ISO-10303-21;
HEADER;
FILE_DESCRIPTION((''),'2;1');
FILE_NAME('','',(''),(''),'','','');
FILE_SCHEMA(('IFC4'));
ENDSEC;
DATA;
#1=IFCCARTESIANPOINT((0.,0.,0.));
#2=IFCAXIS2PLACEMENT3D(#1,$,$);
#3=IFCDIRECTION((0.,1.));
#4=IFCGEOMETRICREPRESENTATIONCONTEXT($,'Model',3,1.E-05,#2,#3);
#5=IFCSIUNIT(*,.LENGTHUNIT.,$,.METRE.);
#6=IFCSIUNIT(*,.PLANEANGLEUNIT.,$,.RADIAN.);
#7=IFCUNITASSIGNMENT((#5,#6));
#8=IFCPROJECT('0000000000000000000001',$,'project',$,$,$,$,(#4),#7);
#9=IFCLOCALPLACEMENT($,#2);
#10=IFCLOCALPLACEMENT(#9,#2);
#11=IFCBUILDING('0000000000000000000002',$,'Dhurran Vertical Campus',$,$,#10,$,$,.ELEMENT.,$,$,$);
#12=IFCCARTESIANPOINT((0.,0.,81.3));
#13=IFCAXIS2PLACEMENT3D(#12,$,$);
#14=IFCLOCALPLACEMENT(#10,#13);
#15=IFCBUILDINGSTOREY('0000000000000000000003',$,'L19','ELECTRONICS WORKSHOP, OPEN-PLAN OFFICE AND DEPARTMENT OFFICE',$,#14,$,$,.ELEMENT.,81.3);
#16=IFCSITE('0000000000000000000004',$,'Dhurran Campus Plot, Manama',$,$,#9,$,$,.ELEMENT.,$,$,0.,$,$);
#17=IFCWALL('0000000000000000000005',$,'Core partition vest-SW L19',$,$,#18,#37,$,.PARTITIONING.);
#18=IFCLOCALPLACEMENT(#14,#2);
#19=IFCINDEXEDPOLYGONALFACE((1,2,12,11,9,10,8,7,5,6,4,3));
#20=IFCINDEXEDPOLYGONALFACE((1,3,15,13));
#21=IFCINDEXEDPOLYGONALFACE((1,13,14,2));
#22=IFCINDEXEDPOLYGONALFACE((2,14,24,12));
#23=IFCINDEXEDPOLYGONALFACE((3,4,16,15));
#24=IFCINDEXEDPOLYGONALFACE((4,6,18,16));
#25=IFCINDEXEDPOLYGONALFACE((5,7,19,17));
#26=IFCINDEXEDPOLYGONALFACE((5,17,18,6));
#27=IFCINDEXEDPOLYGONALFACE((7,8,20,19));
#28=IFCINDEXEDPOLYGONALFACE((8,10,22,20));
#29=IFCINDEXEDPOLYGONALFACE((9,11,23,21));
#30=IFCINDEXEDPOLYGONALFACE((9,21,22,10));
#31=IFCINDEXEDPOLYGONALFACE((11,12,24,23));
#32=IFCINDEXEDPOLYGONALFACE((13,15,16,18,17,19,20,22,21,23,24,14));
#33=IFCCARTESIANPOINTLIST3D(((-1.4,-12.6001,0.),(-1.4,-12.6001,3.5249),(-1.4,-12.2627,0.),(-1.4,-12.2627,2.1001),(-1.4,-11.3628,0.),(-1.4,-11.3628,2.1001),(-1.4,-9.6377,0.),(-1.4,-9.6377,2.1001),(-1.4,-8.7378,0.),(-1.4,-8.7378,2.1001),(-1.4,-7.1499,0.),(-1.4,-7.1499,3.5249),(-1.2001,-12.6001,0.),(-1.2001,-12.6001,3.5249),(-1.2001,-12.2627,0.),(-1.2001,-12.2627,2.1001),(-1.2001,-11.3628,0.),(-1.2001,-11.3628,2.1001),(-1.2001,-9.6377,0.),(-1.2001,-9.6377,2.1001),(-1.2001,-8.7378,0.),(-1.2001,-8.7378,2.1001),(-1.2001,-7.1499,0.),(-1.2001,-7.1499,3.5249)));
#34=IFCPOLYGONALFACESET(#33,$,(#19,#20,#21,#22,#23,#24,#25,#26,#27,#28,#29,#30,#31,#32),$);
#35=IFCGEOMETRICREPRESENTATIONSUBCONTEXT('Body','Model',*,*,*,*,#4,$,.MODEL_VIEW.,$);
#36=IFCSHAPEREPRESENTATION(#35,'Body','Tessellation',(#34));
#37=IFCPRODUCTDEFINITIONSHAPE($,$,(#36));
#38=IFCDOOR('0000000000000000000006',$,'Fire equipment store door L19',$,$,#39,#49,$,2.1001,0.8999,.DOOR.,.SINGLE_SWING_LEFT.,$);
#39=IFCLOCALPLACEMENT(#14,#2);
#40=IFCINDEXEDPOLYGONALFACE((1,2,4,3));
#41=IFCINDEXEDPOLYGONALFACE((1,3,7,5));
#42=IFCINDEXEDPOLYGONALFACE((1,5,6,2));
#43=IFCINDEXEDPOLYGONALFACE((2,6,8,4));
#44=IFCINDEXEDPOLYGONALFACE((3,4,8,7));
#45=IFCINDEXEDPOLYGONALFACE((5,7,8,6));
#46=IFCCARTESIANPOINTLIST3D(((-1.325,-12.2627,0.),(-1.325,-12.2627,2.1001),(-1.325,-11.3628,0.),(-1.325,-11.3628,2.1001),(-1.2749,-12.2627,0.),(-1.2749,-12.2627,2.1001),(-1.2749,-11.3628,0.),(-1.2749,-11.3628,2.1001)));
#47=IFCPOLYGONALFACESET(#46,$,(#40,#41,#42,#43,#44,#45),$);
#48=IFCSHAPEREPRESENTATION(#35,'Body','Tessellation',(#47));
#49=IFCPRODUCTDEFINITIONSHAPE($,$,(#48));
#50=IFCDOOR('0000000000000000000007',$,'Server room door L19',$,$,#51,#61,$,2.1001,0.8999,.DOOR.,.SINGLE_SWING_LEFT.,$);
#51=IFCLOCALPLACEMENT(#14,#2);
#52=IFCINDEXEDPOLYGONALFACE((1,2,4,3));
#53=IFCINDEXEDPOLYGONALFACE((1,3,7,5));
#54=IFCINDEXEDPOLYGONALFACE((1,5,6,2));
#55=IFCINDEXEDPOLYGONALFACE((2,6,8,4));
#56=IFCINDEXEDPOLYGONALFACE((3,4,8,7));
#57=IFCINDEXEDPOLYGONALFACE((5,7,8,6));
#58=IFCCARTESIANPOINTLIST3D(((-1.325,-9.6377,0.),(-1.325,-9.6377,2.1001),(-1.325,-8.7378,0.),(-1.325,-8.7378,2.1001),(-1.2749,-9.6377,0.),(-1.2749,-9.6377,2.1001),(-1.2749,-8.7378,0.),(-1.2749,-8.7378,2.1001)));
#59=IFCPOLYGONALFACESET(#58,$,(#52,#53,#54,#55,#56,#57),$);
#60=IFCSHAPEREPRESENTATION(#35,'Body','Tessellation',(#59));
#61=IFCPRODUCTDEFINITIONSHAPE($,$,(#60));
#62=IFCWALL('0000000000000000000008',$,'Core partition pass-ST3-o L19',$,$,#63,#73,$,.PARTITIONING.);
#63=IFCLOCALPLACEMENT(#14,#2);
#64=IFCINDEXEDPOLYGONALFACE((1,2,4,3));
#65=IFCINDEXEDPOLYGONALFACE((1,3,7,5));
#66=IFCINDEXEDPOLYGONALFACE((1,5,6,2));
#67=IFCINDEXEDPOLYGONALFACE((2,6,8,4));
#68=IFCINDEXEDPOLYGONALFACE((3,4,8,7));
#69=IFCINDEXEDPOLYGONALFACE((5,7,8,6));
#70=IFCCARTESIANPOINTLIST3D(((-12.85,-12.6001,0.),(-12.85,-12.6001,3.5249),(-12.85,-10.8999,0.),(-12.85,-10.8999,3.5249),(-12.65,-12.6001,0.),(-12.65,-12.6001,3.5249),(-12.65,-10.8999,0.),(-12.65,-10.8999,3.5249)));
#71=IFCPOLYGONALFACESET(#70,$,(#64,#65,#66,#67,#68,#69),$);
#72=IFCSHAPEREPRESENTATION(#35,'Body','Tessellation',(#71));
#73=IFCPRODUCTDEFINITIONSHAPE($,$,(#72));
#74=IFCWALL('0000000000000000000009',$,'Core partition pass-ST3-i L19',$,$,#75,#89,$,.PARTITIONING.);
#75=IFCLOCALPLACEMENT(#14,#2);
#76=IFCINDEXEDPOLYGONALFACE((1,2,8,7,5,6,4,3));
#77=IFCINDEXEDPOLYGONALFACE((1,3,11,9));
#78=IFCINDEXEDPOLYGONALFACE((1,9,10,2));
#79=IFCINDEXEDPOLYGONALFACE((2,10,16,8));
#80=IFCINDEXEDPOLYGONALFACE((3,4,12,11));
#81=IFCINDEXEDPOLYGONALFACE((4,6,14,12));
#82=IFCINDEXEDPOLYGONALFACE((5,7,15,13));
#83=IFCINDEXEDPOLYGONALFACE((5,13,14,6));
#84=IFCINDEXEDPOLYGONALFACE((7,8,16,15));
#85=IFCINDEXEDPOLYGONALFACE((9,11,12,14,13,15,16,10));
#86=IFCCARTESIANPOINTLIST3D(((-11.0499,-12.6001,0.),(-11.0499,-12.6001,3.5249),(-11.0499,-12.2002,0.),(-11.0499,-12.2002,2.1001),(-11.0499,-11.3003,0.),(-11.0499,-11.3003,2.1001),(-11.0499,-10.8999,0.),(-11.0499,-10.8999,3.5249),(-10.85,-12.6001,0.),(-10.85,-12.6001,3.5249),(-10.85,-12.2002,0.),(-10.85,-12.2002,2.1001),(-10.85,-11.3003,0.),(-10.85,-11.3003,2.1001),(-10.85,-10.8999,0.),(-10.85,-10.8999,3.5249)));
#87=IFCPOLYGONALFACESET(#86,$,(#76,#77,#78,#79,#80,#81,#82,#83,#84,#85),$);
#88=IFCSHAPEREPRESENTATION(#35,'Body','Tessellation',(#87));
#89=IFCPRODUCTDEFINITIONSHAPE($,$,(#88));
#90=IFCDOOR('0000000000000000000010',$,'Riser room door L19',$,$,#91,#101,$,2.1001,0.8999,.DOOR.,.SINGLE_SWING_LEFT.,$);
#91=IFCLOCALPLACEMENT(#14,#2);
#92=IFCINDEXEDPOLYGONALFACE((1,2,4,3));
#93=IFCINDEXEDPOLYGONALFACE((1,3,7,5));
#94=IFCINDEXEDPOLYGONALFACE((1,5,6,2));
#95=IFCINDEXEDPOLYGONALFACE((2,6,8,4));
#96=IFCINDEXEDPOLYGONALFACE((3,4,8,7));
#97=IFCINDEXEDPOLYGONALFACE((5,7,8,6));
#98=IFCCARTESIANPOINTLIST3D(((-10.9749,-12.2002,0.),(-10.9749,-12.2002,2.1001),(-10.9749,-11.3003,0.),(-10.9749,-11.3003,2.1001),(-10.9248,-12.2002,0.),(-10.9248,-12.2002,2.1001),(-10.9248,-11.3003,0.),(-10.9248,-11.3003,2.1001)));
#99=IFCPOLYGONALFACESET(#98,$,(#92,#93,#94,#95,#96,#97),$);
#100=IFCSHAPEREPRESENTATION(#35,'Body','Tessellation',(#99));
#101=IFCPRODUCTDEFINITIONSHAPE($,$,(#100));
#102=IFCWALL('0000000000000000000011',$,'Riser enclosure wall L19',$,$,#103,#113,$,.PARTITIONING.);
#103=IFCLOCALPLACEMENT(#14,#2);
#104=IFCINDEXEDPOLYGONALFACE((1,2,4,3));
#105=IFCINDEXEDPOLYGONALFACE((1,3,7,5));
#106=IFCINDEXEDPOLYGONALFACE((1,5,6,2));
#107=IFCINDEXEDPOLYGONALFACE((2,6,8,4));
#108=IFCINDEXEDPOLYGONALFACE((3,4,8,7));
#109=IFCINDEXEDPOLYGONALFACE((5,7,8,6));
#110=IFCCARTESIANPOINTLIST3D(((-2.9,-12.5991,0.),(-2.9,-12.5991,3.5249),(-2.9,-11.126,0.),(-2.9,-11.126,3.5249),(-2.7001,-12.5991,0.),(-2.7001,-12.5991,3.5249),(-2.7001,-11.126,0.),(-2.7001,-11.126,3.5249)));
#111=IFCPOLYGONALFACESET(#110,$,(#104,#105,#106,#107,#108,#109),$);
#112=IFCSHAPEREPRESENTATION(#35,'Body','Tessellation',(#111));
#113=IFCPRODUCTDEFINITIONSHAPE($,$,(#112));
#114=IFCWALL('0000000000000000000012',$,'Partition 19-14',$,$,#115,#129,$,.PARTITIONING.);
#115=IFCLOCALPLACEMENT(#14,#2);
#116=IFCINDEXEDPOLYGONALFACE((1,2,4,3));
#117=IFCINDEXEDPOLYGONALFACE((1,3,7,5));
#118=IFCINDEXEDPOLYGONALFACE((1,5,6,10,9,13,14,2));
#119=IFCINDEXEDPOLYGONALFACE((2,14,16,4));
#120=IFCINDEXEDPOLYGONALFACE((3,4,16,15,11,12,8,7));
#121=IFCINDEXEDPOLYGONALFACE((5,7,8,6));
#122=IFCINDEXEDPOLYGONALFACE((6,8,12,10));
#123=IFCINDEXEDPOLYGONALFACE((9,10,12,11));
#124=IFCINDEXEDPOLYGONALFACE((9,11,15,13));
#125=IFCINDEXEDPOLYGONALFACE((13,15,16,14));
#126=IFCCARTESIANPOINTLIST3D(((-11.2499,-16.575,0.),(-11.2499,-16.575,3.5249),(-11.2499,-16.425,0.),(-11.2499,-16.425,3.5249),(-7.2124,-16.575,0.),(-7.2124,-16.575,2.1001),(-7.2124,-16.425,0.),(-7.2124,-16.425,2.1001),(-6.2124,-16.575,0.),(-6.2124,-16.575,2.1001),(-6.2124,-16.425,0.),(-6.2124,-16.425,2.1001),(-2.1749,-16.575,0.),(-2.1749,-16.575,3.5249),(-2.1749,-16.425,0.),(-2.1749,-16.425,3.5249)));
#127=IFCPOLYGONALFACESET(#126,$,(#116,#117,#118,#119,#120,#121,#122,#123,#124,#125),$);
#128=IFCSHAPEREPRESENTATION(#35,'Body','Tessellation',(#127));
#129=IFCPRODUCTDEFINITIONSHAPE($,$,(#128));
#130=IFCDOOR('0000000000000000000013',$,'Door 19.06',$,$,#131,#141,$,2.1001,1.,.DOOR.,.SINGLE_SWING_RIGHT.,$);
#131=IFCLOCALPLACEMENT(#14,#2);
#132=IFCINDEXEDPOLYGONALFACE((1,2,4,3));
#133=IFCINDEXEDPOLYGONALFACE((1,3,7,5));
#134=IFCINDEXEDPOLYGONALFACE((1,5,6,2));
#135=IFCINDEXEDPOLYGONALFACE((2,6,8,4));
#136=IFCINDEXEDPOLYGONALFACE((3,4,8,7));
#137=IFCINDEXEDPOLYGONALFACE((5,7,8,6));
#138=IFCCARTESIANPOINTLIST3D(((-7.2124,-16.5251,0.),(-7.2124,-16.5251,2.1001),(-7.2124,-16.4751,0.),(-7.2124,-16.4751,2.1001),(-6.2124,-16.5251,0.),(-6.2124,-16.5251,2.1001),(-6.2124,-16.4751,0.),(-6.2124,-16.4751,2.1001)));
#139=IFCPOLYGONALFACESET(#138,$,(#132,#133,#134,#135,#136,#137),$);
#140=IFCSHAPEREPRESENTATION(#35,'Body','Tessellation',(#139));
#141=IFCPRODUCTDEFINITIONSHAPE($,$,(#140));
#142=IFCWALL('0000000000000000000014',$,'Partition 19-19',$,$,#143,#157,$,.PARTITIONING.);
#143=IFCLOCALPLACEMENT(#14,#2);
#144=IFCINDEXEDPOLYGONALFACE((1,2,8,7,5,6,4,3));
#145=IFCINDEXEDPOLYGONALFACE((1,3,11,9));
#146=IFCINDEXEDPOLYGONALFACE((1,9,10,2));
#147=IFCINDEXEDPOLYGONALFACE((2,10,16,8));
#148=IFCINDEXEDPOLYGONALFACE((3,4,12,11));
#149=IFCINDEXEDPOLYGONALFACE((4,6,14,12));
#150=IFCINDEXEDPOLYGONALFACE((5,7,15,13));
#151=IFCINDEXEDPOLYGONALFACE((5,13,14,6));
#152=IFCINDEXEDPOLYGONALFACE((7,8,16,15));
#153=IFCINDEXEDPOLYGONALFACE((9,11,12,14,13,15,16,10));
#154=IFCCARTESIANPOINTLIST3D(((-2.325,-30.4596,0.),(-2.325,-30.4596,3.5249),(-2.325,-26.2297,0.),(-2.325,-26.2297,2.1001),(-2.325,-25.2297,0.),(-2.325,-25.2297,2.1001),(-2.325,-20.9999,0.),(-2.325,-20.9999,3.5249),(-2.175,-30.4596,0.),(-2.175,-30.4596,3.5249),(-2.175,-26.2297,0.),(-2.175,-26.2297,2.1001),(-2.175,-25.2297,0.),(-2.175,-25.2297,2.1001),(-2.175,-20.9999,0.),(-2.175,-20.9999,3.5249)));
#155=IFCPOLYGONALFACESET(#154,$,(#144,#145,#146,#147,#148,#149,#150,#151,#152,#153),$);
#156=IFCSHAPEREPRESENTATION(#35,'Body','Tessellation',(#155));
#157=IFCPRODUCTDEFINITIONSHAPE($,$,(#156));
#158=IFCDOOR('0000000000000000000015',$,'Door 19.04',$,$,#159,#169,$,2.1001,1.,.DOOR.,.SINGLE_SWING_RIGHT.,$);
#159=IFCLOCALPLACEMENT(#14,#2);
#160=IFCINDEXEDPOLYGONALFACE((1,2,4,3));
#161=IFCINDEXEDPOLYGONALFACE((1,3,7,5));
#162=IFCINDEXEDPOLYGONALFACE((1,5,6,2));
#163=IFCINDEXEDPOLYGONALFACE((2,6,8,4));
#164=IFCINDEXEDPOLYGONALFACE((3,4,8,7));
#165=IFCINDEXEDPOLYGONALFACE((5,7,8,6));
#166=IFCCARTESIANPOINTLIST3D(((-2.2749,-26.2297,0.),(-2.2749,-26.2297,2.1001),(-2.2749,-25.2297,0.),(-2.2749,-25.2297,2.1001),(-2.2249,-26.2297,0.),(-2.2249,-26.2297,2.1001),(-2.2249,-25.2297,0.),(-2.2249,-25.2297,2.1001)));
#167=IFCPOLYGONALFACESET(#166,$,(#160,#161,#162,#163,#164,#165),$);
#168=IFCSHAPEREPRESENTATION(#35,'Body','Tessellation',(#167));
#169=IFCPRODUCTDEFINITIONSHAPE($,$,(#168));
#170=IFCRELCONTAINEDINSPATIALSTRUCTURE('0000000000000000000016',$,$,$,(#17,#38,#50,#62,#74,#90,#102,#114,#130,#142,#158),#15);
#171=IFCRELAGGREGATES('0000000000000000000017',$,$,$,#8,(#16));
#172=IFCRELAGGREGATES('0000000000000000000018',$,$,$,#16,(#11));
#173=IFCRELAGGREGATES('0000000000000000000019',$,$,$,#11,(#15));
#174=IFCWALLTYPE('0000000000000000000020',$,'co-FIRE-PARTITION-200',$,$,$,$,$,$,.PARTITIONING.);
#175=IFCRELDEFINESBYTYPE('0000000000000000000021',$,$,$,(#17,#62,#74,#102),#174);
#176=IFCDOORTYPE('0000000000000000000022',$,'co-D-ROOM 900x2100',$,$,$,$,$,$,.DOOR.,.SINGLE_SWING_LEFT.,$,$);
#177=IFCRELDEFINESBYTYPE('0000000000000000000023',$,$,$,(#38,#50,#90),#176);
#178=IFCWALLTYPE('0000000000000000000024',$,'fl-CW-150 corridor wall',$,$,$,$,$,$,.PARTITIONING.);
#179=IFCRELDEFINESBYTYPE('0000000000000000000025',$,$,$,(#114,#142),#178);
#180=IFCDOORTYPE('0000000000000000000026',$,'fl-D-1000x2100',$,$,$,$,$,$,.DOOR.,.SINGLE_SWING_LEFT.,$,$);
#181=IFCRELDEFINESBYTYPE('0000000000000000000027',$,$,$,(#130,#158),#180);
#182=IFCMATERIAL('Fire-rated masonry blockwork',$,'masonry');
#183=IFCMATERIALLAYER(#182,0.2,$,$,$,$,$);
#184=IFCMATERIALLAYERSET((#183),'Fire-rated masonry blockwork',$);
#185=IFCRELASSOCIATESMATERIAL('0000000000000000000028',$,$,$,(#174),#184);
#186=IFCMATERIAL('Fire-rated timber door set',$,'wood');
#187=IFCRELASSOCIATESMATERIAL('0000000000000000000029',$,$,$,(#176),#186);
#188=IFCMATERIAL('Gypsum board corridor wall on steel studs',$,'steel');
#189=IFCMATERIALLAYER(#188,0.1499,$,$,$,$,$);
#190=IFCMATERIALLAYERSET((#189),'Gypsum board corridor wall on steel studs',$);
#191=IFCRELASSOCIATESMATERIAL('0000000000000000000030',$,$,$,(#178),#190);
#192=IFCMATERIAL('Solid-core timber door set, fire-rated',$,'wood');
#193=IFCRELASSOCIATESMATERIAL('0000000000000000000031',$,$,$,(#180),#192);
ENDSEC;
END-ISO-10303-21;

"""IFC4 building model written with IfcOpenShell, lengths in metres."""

from ifc_helpers import new_model, si_unit, direction, frame, frame_2d, origin, place, context, subcontext, project, spatial, rectangle, extrude, material, layer, layer_set, type_object, element, fill, save


model = new_model("IFC4")

# Units and contexts
model_context = context("Model", 3, precision=1e-05, world=origin(), true_north=direction((0.0, 1.0)))
body_context = subcontext(model_context, "Body", "Model", "MODEL_VIEW")
ifc_project = project(units=[si_unit("LENGTHUNIT", "METRE"), si_unit("PLANEANGLEUNIT", "RADIAN")], contexts=[model_context])

# Site, building, storey
site_placement = place(None, origin())
site = spatial("IfcSite", under=ifc_project, at=site_placement, Name="Dhurran Campus Plot, Manama", CompositionType="ELEMENT", RefElevation=0.0)
building_placement = place(site_placement, origin())
building = spatial("IfcBuilding", under=site, at=building_placement, Name="Dhurran Vertical Campus", CompositionType="ELEMENT")
storey_placement = place(building_placement, frame((0.0, 0.0, 81.3)))
storey = spatial("IfcBuildingStorey", under=building, at=storey_placement, Name="L19", Description="ELECTRONICS WORKSHOP, OPEN-PLAN OFFICE AND DEPARTMENT OFFICE", CompositionType="ELEMENT", Elevation=81.3)

# Wall, openings, doors
ifc_material_1 = material(Name="Fire-rated masonry blockwork", Category="masonry")
ifc_layer_1 = layer(ifc_material_1, 0.2)
ifc_layer_set_1 = layer_set([ifc_layer_1], Name="Fire-rated masonry blockwork")
wall_type_1 = type_object("IfcWallType", Name="co-FIRE-PARTITION-200", PredefinedType="PARTITIONING", material=ifc_layer_set_1)
wall_1_placement = place(storey_placement, frame((-1.3, -12.6001, 0.0), z_axis=(0.0, 0.0, 1.0), x_axis=(0.0, 1.0, 0.0)))
wall_1 = element("IfcWall", 1, at=wall_1_placement, inside=storey, type_object=wall_type_1, Name="Core partition vest-SW L19", PredefinedType="PARTITIONING", context=body_context, shape_type="SweptSolid", body=[
    extrude(rectangle(XDim=5.4502, YDim=0.2, at=frame_2d((2.7251, 0.0))), origin(), (0.0, 0.0, 1.0), 3.5249),
])
opening_1_placement = place(wall_1_placement, frame((0.3374, 0.0, 0.0)))
opening_1 = element("IfcOpeningElement", 2, at=opening_1_placement, cuts=wall_1, PredefinedType="OPENING", context=body_context, shape_type="SweptSolid", body=[
    extrude(rectangle(XDim=0.8999, YDim=2.1001, at=frame_2d((0.45, 1.05))), frame((0.0, 0.1099, 0.0), z_axis=(0.0, -1.0, 0.0), x_axis=(1.0, 0.0, 0.0)), (0.0, 0.0, 1.0), 0.22),
])
opening_2_placement = place(wall_1_placement, frame((2.9624, 0.0, 0.0)))
opening_2 = element("IfcOpeningElement", 3, at=opening_2_placement, cuts=wall_1, PredefinedType="OPENING", context=body_context, shape_type="SweptSolid", body=[
    extrude(rectangle(XDim=0.8999, YDim=2.1001, at=frame_2d((0.45, 1.05))), frame((0.0, 0.1099, 0.0), z_axis=(0.0, -1.0, 0.0), x_axis=(1.0, 0.0, 0.0)), (0.0, 0.0, 1.0), 0.22),
])
ifc_material_2 = material(Name="Fire-rated timber door set", Category="wood")
door_type_1 = type_object("IfcDoorType", Name="co-D-ROOM 900x2100", OperationType="SINGLE_SWING_LEFT", PredefinedType="DOOR", material=ifc_material_2)
door_1_placement = place(opening_1_placement, origin())
door_1 = element("IfcDoor", 4, at=door_1_placement, inside=storey, type_object=door_type_1, Name="Fire equipment store door L19", OperationType="SINGLE_SWING_LEFT", OverallHeight=2.1001, OverallWidth=0.8999, PredefinedType="DOOR", context=body_context, shape_type="SweptSolid", body=[
    extrude(rectangle(XDim=0.8999, YDim=2.1001, at=frame_2d((0.45, 1.05))), frame((0.0, 0.0249, 0.0), z_axis=(0.0, -1.0, 0.0), x_axis=(1.0, 0.0, 0.0)), (0.0, 0.0, 1.0), 0.05),
])
fill(opening_1, door_1)
door_2_placement = place(opening_2_placement, origin())
door_2 = element("IfcDoor", 5, at=door_2_placement, inside=storey, type_object=door_type_1, Name="Server room door L19", OperationType="SINGLE_SWING_LEFT", OverallHeight=2.1001, OverallWidth=0.8999, PredefinedType="DOOR", context=body_context, shape_type="SweptSolid", body=[
    extrude(rectangle(XDim=0.8999, YDim=2.1001, at=frame_2d((0.45, 1.05))), frame((0.0, 0.0249, 0.0), z_axis=(0.0, -1.0, 0.0), x_axis=(1.0, 0.0, 0.0)), (0.0, 0.0, 1.0), 0.05),
])
fill(opening_2, door_2)

# Wall
wall_2_placement = place(storey_placement, frame((-12.75, -12.6001, 0.0), z_axis=(0.0, 0.0, 1.0), x_axis=(0.0, 1.0, 0.0)))
element("IfcWall", 6, at=wall_2_placement, inside=storey, type_object=wall_type_1, Name="Core partition pass-ST3-o L19", PredefinedType="PARTITIONING", context=body_context, shape_type="SweptSolid", body=[
    extrude(rectangle(XDim=1.7002, YDim=0.2, at=frame_2d((0.8501, 0.0))), origin(), (0.0, 0.0, 1.0), 3.5249),
])

# Wall, opening, door
wall_3_placement = place(storey_placement, frame((-10.95, -12.6001, 0.0), z_axis=(0.0, 0.0, 1.0), x_axis=(0.0, 1.0, 0.0)))
wall_3 = element("IfcWall", 7, at=wall_3_placement, inside=storey, type_object=wall_type_1, Name="Core partition pass-ST3-i L19", PredefinedType="PARTITIONING", context=body_context, shape_type="SweptSolid", body=[
    extrude(rectangle(XDim=1.7002, YDim=0.2, at=frame_2d((0.8501, 0.0))), origin(), (0.0, 0.0, 1.0), 3.5249),
])
opening_3_placement = place(wall_3_placement, frame((0.3999, 0.0, 0.0)))
opening_3 = element("IfcOpeningElement", 8, at=opening_3_placement, cuts=wall_3, PredefinedType="OPENING", context=body_context, shape_type="SweptSolid", body=[
    extrude(rectangle(XDim=0.8999, YDim=2.1001, at=frame_2d((0.45, 1.05))), frame((0.0, 0.1099, 0.0), z_axis=(0.0, -1.0, 0.0), x_axis=(1.0, 0.0, 0.0)), (0.0, 0.0, 1.0), 0.22),
])
door_3_placement = place(opening_3_placement, origin())
door_3 = element("IfcDoor", 9, at=door_3_placement, inside=storey, type_object=door_type_1, Name="Riser room door L19", OperationType="SINGLE_SWING_LEFT", OverallHeight=2.1001, OverallWidth=0.8999, PredefinedType="DOOR", context=body_context, shape_type="SweptSolid", body=[
    extrude(rectangle(XDim=0.8999, YDim=2.1001, at=frame_2d((0.45, 1.05))), frame((0.0, 0.0249, 0.0), z_axis=(0.0, -1.0, 0.0), x_axis=(1.0, 0.0, 0.0)), (0.0, 0.0, 1.0), 0.05),
])
fill(opening_3, door_3)

# Wall
wall_4_placement = place(storey_placement, frame((-2.8, -12.5991, 0.0), z_axis=(0.0, 0.0, 1.0), x_axis=(0.0, 1.0, 0.0)))
element("IfcWall", 10, at=wall_4_placement, inside=storey, type_object=wall_type_1, Name="Riser enclosure wall L19", PredefinedType="PARTITIONING", context=body_context, shape_type="SweptSolid", body=[
    extrude(rectangle(XDim=1.4731, YDim=0.2, at=frame_2d((0.7366, 0.0))), origin(), (0.0, 0.0, 1.0), 3.5249),
])

# Walls, openings, doors
ifc_material_3 = material(Name="Gypsum board corridor wall on steel studs", Category="steel")
ifc_layer_2 = layer(ifc_material_3, 0.1499)
ifc_layer_set_2 = layer_set([ifc_layer_2], Name="Gypsum board corridor wall on steel studs")
wall_type_2 = type_object("IfcWallType", Name="fl-CW-150 corridor wall", PredefinedType="PARTITIONING", material=ifc_layer_set_2)
wall_5_placement = place(storey_placement, frame((-11.25, -16.5, 0.0), z_axis=(0.0, 0.0, 1.0), x_axis=(1.0, 0.0, 0.0)))
wall_5 = element("IfcWall", 11, at=wall_5_placement, inside=storey, type_object=wall_type_2, Name="Partition 19-14", PredefinedType="PARTITIONING", context=body_context, shape_type="SweptSolid", body=[
    extrude(rectangle(XDim=9.075, YDim=0.1499, at=frame_2d((4.5376, 0.0))), origin(), (0.0, 0.0, 1.0), 3.5249),
])
opening_4_placement = place(wall_5_placement, frame((4.0376, 0.0, 0.0)))
opening_4 = element("IfcOpeningElement", 12, at=opening_4_placement, cuts=wall_5, PredefinedType="OPENING", context=body_context, shape_type="SweptSolid", body=[
    extrude(rectangle(XDim=1.0, YDim=2.1001, at=frame_2d((0.5, 1.05))), frame((0.0, 0.085, 0.0), z_axis=(0.0, -1.0, 0.0), x_axis=(1.0, 0.0, 0.0)), (0.0, 0.0, 1.0), 0.1699),
])
ifc_material_4 = material(Name="Solid-core timber door set, fire-rated", Category="wood")
door_type_2 = type_object("IfcDoorType", Name="fl-D-1000x2100", OperationType="SINGLE_SWING_LEFT", PredefinedType="DOOR", material=ifc_material_4)
door_4_placement = place(opening_4_placement, origin())
door_4 = element("IfcDoor", 13, at=door_4_placement, inside=storey, type_object=door_type_2, Name="Door 19.06", OperationType="SINGLE_SWING_RIGHT", OverallHeight=2.1001, OverallWidth=1.0, PredefinedType="DOOR", context=body_context, shape_type="SweptSolid", body=[
    extrude(rectangle(XDim=1.0, YDim=2.1001, at=frame_2d((0.5, 1.05))), frame((0.0, 0.0249, 0.0), z_axis=(0.0, -1.0, 0.0), x_axis=(1.0, 0.0, 0.0)), (0.0, 0.0, 1.0), 0.05),
])
fill(opening_4, door_4)
wall_6_placement = place(storey_placement, frame((-2.25, -30.4597, 0.0), z_axis=(0.0, 0.0, 1.0), x_axis=(0.0, 1.0, 0.0)))
wall_6 = element("IfcWall", 14, at=wall_6_placement, inside=storey, type_object=wall_type_2, Name="Partition 19-19", PredefinedType="PARTITIONING", context=body_context, shape_type="SweptSolid", body=[
    extrude(rectangle(XDim=9.4597, YDim=0.1499, at=frame_2d((4.73, 0.0))), origin(), (0.0, 0.0, 1.0), 3.5249),
])
opening_5_placement = place(wall_6_placement, frame((4.23, 0.0, 0.0)))
opening_5 = element("IfcOpeningElement", 15, at=opening_5_placement, cuts=wall_6, PredefinedType="OPENING", context=body_context, shape_type="SweptSolid", body=[
    extrude(rectangle(XDim=1.0, YDim=2.1001, at=frame_2d((0.5, 1.05))), frame((0.0, 0.085, 0.0), z_axis=(0.0, -1.0, 0.0), x_axis=(1.0, 0.0, 0.0)), (0.0, 0.0, 1.0), 0.1699),
])
door_5_placement = place(opening_5_placement, origin())
door_5 = element("IfcDoor", 16, at=door_5_placement, inside=storey, type_object=door_type_2, Name="Door 19.04", OperationType="SINGLE_SWING_RIGHT", OverallHeight=2.1001, OverallWidth=1.0, PredefinedType="DOOR", context=body_context, shape_type="SweptSolid", body=[
    extrude(rectangle(XDim=1.0, YDim=2.1001, at=frame_2d((0.5, 1.05))), frame((0.0, 0.0249, 0.0), z_axis=(0.0, -1.0, 0.0), x_axis=(1.0, 0.0, 0.0)), (0.0, 0.0, 1.0), 0.05),
])
fill(opening_5, door_5)

save(model, "model.ifc")
